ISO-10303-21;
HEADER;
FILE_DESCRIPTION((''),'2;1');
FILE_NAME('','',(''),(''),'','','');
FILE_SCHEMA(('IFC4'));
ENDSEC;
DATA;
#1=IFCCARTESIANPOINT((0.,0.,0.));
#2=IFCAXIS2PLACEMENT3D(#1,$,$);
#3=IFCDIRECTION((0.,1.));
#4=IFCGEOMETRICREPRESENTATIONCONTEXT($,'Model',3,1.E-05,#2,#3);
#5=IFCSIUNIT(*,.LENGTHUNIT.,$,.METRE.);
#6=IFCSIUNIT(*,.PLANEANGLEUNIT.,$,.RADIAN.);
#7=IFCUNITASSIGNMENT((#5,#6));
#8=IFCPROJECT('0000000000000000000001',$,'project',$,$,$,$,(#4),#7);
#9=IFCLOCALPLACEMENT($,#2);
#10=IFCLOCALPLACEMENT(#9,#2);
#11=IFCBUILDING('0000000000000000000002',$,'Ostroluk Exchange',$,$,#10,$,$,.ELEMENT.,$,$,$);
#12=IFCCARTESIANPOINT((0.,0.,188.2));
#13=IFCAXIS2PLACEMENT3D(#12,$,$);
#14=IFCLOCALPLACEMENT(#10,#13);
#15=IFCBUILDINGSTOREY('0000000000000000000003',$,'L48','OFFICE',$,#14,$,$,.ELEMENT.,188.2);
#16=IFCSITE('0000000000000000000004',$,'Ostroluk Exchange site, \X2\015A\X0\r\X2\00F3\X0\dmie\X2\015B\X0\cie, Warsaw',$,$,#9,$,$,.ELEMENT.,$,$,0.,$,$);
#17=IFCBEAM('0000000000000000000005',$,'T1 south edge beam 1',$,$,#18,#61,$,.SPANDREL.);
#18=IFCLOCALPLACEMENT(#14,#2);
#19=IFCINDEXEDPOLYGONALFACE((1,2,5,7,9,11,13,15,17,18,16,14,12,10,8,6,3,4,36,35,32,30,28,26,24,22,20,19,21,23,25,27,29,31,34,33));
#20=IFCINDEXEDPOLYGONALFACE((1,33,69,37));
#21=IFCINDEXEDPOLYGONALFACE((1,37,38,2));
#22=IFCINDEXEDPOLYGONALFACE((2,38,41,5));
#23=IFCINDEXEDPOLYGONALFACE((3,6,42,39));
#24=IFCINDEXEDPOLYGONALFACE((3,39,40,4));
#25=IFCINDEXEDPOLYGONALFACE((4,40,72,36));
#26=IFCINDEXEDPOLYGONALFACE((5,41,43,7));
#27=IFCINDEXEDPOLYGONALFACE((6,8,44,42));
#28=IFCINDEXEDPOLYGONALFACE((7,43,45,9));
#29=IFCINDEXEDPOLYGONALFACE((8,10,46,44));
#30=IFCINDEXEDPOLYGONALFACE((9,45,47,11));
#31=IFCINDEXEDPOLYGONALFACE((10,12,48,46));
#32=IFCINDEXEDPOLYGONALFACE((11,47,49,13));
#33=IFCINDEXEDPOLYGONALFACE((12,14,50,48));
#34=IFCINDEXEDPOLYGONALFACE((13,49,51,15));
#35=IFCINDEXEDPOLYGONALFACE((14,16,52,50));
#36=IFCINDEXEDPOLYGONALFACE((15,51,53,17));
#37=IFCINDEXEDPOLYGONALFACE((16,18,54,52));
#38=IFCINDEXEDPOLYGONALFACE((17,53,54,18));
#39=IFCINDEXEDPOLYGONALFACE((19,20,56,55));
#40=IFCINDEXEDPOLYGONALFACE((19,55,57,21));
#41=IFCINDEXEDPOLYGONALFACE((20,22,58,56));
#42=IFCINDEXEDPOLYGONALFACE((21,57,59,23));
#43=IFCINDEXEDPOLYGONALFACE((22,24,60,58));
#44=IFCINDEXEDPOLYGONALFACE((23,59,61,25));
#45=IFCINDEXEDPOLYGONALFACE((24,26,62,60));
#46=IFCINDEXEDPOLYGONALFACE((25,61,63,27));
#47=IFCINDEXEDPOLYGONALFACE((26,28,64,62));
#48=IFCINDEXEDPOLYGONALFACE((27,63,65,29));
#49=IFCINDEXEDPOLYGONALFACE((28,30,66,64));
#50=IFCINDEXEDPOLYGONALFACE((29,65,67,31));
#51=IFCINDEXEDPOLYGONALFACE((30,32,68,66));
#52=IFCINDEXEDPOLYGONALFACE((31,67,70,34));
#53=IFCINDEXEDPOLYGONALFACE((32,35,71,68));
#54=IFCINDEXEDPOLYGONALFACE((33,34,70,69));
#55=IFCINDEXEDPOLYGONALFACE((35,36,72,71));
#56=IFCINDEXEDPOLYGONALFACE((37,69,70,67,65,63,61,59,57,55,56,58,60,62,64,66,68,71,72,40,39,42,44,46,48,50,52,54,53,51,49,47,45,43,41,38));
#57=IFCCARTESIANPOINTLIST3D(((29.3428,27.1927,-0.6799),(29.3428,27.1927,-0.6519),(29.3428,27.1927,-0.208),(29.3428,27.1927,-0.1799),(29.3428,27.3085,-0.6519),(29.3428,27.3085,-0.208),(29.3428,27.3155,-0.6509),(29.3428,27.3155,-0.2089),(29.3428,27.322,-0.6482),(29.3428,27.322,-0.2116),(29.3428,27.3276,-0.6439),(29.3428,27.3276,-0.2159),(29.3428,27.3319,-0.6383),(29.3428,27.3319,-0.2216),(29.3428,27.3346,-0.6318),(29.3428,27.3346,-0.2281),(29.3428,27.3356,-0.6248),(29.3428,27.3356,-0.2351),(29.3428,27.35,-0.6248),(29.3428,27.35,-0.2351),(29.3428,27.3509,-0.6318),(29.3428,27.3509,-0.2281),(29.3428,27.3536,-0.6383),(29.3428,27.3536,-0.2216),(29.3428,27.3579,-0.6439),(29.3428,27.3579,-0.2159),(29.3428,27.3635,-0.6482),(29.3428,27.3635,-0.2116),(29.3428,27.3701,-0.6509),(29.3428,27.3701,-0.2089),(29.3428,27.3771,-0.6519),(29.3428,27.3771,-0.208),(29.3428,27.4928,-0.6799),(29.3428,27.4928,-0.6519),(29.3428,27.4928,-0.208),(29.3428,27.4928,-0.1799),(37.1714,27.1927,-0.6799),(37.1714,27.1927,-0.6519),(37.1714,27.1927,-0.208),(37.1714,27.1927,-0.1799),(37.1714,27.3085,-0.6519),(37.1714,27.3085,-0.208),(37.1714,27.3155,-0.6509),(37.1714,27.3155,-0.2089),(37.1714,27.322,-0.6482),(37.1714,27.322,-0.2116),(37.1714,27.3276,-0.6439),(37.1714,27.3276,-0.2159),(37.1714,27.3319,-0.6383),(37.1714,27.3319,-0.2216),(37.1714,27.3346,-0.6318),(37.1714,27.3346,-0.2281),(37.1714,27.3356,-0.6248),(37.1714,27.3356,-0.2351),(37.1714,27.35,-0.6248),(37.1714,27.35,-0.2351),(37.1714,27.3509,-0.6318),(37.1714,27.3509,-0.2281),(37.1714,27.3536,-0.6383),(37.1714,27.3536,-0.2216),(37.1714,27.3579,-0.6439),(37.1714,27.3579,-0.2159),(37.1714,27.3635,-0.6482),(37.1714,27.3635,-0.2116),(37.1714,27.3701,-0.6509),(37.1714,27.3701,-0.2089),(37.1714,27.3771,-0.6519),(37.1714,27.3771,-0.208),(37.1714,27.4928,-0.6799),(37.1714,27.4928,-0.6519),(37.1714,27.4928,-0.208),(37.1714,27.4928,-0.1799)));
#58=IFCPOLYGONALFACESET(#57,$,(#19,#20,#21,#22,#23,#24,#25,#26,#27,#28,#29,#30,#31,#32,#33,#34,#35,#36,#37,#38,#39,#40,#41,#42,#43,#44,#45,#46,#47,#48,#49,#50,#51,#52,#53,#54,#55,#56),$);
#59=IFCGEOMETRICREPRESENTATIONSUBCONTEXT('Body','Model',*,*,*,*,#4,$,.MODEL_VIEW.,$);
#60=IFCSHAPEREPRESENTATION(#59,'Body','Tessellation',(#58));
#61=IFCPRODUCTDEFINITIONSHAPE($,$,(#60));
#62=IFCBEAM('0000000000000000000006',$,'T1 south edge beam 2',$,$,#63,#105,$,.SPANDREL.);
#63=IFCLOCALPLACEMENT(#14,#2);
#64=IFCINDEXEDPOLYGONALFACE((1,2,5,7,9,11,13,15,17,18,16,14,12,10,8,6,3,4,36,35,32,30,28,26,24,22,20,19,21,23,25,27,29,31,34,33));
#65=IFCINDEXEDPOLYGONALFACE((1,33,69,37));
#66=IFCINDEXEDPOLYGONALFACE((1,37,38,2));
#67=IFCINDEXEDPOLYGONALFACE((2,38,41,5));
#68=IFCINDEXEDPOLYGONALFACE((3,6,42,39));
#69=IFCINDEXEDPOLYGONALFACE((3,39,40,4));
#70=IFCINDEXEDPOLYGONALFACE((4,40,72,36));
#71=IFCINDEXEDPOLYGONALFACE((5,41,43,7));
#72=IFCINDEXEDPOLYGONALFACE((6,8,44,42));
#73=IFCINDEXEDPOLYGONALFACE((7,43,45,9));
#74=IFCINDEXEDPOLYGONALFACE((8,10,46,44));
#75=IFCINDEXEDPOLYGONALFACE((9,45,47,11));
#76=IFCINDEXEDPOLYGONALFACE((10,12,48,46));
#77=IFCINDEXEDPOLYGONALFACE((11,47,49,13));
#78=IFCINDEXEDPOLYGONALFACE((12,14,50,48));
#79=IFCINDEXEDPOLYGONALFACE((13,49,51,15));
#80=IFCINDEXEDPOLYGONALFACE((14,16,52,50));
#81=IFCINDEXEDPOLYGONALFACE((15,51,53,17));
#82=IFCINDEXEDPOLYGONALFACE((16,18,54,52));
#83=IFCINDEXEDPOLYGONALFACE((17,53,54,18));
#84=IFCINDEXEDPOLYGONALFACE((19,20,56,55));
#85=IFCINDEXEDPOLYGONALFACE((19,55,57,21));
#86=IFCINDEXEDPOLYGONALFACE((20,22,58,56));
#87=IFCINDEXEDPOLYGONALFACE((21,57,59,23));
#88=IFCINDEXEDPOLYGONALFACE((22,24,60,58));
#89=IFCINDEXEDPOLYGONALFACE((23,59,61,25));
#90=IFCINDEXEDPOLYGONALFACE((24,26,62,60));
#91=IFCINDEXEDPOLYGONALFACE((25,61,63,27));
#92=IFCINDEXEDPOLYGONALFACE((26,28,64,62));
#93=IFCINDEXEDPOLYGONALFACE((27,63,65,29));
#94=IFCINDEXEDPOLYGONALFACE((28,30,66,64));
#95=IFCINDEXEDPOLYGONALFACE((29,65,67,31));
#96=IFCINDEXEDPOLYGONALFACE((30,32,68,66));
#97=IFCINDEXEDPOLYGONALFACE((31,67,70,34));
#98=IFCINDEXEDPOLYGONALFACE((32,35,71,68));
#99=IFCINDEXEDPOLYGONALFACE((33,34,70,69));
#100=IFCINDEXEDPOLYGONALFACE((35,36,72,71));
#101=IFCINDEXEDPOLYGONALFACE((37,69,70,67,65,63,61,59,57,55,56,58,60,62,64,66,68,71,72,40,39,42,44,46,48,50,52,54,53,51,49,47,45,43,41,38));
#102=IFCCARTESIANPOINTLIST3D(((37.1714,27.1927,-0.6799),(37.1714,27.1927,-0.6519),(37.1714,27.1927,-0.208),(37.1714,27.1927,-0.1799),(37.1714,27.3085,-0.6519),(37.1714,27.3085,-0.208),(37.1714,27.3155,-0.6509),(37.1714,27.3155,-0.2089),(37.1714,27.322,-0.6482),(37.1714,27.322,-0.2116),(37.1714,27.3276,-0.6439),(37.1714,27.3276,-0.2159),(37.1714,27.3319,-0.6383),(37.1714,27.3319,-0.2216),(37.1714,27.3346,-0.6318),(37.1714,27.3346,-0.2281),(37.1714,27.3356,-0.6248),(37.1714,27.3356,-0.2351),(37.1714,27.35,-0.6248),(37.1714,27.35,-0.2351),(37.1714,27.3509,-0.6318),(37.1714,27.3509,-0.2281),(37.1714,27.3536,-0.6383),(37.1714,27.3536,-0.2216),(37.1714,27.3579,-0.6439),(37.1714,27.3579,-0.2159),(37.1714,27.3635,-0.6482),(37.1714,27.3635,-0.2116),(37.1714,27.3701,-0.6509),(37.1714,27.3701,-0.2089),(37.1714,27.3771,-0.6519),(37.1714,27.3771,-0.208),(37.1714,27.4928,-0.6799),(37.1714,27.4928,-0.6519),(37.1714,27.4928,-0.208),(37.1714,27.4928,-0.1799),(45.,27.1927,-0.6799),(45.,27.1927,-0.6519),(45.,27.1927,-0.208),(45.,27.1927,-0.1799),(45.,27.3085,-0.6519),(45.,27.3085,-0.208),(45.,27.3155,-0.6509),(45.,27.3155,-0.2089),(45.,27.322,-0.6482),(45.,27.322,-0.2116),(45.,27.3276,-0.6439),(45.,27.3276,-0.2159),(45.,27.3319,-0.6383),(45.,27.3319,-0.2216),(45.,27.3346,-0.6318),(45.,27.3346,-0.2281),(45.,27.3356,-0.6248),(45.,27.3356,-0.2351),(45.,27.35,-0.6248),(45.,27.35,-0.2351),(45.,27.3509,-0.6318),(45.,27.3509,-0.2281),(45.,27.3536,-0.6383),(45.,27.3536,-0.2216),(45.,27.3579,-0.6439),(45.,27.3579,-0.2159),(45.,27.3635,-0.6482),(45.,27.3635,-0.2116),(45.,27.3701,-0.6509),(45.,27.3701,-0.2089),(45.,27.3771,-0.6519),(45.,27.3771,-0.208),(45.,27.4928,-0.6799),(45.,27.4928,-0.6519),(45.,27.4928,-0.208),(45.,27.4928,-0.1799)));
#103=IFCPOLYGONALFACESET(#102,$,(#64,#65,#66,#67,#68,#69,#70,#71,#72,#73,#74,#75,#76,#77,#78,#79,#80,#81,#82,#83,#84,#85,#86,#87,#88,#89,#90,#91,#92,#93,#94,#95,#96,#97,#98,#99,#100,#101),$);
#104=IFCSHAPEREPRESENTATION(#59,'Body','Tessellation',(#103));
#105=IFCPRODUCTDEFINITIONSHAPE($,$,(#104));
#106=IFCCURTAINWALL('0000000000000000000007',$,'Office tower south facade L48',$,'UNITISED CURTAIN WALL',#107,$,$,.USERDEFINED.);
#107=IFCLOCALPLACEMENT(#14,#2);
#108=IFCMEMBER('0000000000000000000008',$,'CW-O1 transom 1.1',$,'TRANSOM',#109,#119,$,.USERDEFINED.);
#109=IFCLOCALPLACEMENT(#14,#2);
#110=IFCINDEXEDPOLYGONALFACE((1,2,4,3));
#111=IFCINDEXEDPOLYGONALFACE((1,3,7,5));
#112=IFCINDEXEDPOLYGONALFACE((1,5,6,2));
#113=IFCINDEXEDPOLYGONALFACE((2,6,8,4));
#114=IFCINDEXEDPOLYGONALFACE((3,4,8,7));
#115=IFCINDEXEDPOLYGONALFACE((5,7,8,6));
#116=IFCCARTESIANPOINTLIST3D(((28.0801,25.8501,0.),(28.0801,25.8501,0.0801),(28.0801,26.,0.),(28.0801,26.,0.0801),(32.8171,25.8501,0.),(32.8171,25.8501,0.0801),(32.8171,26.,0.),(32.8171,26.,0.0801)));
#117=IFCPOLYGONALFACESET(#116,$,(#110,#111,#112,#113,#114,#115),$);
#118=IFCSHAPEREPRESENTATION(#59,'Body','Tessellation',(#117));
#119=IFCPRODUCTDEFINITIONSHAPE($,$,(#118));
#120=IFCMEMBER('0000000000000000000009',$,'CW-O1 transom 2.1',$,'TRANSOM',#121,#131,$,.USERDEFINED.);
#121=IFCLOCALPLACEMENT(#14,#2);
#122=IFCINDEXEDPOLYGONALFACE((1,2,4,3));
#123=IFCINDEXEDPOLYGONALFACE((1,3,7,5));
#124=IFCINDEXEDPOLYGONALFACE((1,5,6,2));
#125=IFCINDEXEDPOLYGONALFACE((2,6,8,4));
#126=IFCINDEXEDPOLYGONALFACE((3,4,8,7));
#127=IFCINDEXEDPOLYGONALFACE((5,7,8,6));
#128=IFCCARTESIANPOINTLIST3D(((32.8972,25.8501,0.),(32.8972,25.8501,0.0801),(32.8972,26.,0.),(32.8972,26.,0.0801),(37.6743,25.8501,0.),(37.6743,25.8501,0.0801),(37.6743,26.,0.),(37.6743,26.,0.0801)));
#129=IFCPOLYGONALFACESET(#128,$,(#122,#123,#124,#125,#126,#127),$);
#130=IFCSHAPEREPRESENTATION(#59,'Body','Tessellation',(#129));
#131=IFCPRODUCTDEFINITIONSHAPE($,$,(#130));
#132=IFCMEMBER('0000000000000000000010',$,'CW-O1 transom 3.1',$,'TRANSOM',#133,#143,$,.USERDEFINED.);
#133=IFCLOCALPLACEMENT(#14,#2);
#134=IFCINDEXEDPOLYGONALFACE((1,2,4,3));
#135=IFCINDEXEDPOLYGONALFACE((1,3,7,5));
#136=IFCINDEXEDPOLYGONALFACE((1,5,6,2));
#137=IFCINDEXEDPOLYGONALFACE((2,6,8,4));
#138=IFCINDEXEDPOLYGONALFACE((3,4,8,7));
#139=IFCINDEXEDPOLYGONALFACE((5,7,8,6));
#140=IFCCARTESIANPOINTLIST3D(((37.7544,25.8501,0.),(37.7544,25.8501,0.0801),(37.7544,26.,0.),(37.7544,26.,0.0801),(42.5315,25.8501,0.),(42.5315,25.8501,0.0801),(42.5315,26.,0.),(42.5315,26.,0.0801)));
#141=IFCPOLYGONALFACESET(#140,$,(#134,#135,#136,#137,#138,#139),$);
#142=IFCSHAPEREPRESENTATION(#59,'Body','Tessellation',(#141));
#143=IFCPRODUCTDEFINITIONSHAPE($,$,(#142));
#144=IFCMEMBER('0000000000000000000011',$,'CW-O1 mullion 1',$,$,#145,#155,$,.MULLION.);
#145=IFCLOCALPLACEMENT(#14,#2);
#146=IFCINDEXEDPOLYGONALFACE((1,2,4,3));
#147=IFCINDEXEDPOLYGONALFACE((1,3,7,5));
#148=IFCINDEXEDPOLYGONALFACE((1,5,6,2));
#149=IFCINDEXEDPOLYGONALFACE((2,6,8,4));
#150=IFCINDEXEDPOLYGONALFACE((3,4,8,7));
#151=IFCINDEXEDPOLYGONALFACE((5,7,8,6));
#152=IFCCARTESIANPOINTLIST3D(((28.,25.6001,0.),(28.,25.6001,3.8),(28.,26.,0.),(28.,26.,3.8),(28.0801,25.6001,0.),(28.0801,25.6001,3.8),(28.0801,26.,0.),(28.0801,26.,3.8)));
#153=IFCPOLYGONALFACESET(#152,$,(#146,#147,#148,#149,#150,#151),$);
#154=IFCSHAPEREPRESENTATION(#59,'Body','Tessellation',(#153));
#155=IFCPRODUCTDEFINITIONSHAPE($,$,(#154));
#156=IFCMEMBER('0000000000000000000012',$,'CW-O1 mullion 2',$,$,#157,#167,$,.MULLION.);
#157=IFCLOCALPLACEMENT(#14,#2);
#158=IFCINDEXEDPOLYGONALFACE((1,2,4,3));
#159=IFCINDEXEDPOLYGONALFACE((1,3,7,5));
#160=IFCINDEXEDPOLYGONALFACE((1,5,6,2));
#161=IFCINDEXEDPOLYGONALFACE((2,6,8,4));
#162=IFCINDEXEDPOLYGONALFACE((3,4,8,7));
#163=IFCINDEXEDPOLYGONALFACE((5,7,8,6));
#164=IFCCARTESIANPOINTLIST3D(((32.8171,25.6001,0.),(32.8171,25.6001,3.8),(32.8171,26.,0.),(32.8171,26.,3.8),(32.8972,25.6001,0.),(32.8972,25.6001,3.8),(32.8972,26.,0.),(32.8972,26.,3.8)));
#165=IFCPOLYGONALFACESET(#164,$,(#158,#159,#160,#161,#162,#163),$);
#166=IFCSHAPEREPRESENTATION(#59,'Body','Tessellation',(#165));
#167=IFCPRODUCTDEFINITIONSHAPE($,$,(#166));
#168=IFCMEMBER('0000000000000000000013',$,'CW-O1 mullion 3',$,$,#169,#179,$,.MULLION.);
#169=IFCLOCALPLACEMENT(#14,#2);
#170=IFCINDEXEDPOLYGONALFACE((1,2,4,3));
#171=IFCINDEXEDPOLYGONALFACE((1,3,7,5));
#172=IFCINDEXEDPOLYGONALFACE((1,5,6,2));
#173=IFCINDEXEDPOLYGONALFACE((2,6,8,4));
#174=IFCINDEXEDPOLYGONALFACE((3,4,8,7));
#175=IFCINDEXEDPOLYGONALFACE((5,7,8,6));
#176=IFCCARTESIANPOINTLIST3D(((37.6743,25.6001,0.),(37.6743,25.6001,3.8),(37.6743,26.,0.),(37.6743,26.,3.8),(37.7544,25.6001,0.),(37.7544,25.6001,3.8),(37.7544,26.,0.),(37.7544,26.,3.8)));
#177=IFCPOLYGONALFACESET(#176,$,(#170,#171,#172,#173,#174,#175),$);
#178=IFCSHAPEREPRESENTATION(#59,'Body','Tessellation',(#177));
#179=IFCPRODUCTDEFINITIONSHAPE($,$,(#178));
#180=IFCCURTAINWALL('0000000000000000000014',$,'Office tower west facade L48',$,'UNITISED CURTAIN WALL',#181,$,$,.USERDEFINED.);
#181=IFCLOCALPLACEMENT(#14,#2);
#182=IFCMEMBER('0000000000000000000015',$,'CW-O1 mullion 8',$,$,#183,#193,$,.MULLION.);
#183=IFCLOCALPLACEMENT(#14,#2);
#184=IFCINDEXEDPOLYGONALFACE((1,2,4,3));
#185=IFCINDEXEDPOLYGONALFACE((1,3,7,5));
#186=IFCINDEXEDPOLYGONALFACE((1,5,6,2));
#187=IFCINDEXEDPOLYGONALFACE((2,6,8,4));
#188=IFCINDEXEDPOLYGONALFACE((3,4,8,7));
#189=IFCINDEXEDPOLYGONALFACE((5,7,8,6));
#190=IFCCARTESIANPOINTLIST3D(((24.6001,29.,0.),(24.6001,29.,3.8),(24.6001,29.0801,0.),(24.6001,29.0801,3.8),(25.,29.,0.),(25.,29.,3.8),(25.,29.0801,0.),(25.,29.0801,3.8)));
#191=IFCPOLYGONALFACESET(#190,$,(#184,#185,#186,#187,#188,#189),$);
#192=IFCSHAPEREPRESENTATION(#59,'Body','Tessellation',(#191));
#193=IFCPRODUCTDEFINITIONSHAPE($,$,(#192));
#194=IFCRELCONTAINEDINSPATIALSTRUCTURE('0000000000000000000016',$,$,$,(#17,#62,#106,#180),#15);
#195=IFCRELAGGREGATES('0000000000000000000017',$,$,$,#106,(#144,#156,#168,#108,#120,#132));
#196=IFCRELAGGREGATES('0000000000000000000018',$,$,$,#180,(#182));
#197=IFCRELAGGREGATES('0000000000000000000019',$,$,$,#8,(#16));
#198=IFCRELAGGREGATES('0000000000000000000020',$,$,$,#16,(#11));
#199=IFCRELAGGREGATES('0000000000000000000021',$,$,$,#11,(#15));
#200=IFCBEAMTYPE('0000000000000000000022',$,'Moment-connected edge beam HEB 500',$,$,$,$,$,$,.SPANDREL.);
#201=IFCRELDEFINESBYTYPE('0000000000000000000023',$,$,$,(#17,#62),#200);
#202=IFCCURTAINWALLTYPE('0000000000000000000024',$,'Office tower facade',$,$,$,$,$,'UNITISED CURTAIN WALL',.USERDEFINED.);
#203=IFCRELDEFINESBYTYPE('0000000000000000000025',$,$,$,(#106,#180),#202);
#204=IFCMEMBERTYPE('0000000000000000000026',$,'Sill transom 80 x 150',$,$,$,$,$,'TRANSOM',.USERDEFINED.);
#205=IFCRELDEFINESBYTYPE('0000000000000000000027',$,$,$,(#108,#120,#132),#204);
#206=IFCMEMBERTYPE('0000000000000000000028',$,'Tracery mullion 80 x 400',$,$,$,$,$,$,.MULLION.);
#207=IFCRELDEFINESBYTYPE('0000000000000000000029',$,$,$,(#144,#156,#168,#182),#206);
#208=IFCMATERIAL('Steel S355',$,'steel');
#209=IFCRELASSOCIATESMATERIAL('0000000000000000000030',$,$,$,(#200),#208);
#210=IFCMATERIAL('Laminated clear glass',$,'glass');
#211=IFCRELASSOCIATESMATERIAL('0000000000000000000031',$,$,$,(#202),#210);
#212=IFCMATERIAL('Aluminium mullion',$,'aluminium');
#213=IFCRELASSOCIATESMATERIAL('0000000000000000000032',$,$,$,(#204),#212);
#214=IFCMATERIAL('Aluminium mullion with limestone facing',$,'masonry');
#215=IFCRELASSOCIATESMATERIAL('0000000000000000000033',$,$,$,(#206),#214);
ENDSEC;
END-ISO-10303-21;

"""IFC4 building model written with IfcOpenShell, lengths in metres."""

from ifc_helpers import new_model, si_unit, direction, frame, origin, origin_2d, place, context, subcontext, project, spatial, rectangle, i_section, extrude, material, material_profile, profile_set, type_object, element, aggregate, save


model = new_model("IFC4")

# Units and contexts
model_context = context("Model", 3, precision=1e-05, world=origin(), true_north=direction((0.0, 1.0)))
body_context = subcontext(model_context, "Body", "Model", "MODEL_VIEW")
ifc_project = project(units=[si_unit("LENGTHUNIT", "METRE"), si_unit("PLANEANGLEUNIT", "RADIAN")], contexts=[model_context])

# Site, building, storey
site_placement = place(None, origin())
site = spatial("IfcSite", under=ifc_project, at=site_placement, Name="Ostroluk Exchange site, Śródmieście, Warsaw", CompositionType="ELEMENT", RefElevation=0.0)
building_placement = place(site_placement, origin())
building = spatial("IfcBuilding", under=site, at=building_placement, Name="Ostroluk Exchange", CompositionType="ELEMENT")
storey_placement = place(building_placement, frame((0.0, 0.0, 188.2)))
storey = spatial("IfcBuildingStorey", under=building, at=storey_placement, Name="L48", Description="OFFICE", CompositionType="ELEMENT", Elevation=188.2)

# Beams
ifc_material_1 = material(Name="Steel S355", Category="steel")
ifc_material_profile_1 = material_profile(ifc_material_1, i_section(OverallWidth=0.3, OverallDepth=0.5, WebThickness=0.0144, FlangeThickness=0.0281, FilletRadius=0.0271, at=origin_2d()), Name="HEB 500")
ifc_profile_set_1 = profile_set([ifc_material_profile_1], Name="Steel S355")
beam_type_1 = type_object("IfcBeamType", Name="Moment-connected edge beam HEB 500", PredefinedType="SPANDREL", material=ifc_profile_set_1)
for number, where, z_axis, x_axis, name in (
    (1, (29.3428, 27.3428, -0.4299), (1.0, 0.0, 0.0), (0.0, 1.0, 0.0), "T1 south edge beam 1"),
    (2, (37.1714, 27.3428, -0.4299), (1.0, 0.0, 0.0), (0.0, 1.0, 0.0), "T1 south edge beam 2"),
):
    element("IfcBeam", number, at=place(storey_placement, frame(where, z_axis=z_axis, x_axis=x_axis)), inside=storey, type_object=beam_type_1, Name=name, PredefinedType="SPANDREL", context=body_context, shape_type="SweptSolid", body=[
        extrude(i_section(OverallWidth=0.3, OverallDepth=0.5, WebThickness=0.0144, FlangeThickness=0.0281, FilletRadius=0.0271, at=origin_2d()), origin(), (0.0, 0.0, 1.0), 7.8286),
    ])

# Curtain wall, members
ifc_material_2 = material(Name="Laminated clear glass", Category="glass")
curtain_wall_type = type_object("IfcCurtainWallType", Name="Office tower facade", ElementType="UNITISED CURTAIN WALL", PredefinedType="USERDEFINED", material=ifc_material_2)
curtain_wall_1_placement = place(storey_placement, origin())
curtain_wall_1 = element("IfcCurtainWall", 3, at=curtain_wall_1_placement, inside=storey, type_object=curtain_wall_type, Name="Office tower south facade L48", ObjectType="UNITISED CURTAIN WALL", PredefinedType="USERDEFINED")
ifc_material_3 = material(Name="Aluminium mullion", Category="aluminium")
ifc_material_profile_2 = material_profile(ifc_material_3, rectangle(XDim=0.1499, YDim=0.0801, at=origin_2d()), Name="Sill transom 80 x 150")
ifc_profile_set_2 = profile_set([ifc_material_profile_2], Name="Aluminium mullion")
member_type_1 = type_object("IfcMemberType", Name="Sill transom 80 x 150", ElementType="TRANSOM", PredefinedType="USERDEFINED", material=ifc_profile_set_2)
member_1_placement = place(storey_placement, frame((28.0801, 25.925, 0.04), z_axis=(1.0, 0.0, 0.0), x_axis=(0.0, 1.0, 0.0)))
member_1 = element("IfcMember", 4, at=member_1_placement, type_object=member_type_1, Name="CW-O1 transom 1.1", ObjectType="TRANSOM", PredefinedType="USERDEFINED", context=body_context, shape_type="SweptSolid", body=[
    extrude(rectangle(XDim=0.1499, YDim=0.0801, at=origin_2d()), origin(), (0.0, 0.0, 1.0), 4.7371),
])
member_2_placement = place(storey_placement, frame((32.8972, 25.925, 0.04), z_axis=(1.0, 0.0, 0.0), x_axis=(0.0, 1.0, 0.0)))
member_2 = element("IfcMember", 5, at=member_2_placement, type_object=member_type_1, Name="CW-O1 transom 2.1", ObjectType="TRANSOM", PredefinedType="USERDEFINED", context=body_context, shape_type="SweptSolid", body=[
    extrude(rectangle(XDim=0.1499, YDim=0.0801, at=origin_2d()), origin(), (0.0, 0.0, 1.0), 4.7771),
])
member_3_placement = place(storey_placement, frame((37.7544, 25.925, 0.04), z_axis=(1.0, 0.0, 0.0), x_axis=(0.0, 1.0, 0.0)))
member_3 = element("IfcMember", 6, at=member_3_placement, type_object=member_type_1, Name="CW-O1 transom 3.1", ObjectType="TRANSOM", PredefinedType="USERDEFINED", context=body_context, shape_type="SweptSolid", body=[
    extrude(rectangle(XDim=0.1499, YDim=0.0801, at=origin_2d()), origin(), (0.0, 0.0, 1.0), 4.7771),
])
ifc_material_4 = material(Name="Aluminium mullion with limestone facing", Category="masonry")
ifc_material_profile_3 = material_profile(ifc_material_4, rectangle(XDim=0.3999, YDim=0.0801, at=origin_2d()), Name="Tracery mullion 80 x 400")
ifc_profile_set_3 = profile_set([ifc_material_profile_3], Name="Aluminium mullion with limestone facing")
member_type_2 = type_object("IfcMemberType", Name="Tracery mullion 80 x 400", PredefinedType="MULLION", material=ifc_profile_set_3)
member_4_placement = place(storey_placement, frame((28.04, 25.8, 0.0), z_axis=(0.0, 0.0, 1.0), x_axis=(0.0, 1.0, 0.0)))
member_4 = element("IfcMember", 7, at=member_4_placement, type_object=member_type_2, Name="CW-O1 mullion 1", PredefinedType="MULLION", context=body_context, shape_type="SweptSolid", body=[
    extrude(rectangle(XDim=0.3999, YDim=0.0801, at=origin_2d()), origin(), (0.0, 0.0, 1.0), 3.8),
])
member_5_placement = place(storey_placement, frame((32.8572, 25.8, 0.0), z_axis=(0.0, 0.0, 1.0), x_axis=(0.0, 1.0, 0.0)))
member_5 = element("IfcMember", 8, at=member_5_placement, type_object=member_type_2, Name="CW-O1 mullion 2", PredefinedType="MULLION", context=body_context, shape_type="SweptSolid", body=[
    extrude(rectangle(XDim=0.3999, YDim=0.0801, at=origin_2d()), origin(), (0.0, 0.0, 1.0), 3.8),
])
member_6_placement = place(storey_placement, frame((37.7144, 25.8, 0.0), z_axis=(0.0, 0.0, 1.0), x_axis=(0.0, 1.0, 0.0)))
member_6 = element("IfcMember", 9, at=member_6_placement, type_object=member_type_2, Name="CW-O1 mullion 3", PredefinedType="MULLION", context=body_context, shape_type="SweptSolid", body=[
    extrude(rectangle(XDim=0.3999, YDim=0.0801, at=origin_2d()), origin(), (0.0, 0.0, 1.0), 3.8),
])

# Curtain wall, member
curtain_wall_2_placement = place(storey_placement, origin())
curtain_wall_2 = element("IfcCurtainWall", 10, at=curtain_wall_2_placement, inside=storey, type_object=curtain_wall_type, Name="Office tower west facade L48", ObjectType="UNITISED CURTAIN WALL", PredefinedType="USERDEFINED")
member_7_placement = place(storey_placement, frame((24.8, 29.04, 0.0), z_axis=(0.0, 0.0, 1.0), x_axis=(1.0, 0.0, 0.0)))
member_7 = element("IfcMember", 11, at=member_7_placement, type_object=member_type_2, Name="CW-O1 mullion 8", PredefinedType="MULLION", context=body_context, shape_type="SweptSolid", body=[
    extrude(rectangle(XDim=0.3999, YDim=0.0801, at=origin_2d()), origin(), (0.0, 0.0, 1.0), 3.8),
])

aggregate(curtain_wall_1, [member_4, member_5, member_6, member_1, member_2, member_3])
aggregate(curtain_wall_2, [member_7])

save(model, "model.ifc")
